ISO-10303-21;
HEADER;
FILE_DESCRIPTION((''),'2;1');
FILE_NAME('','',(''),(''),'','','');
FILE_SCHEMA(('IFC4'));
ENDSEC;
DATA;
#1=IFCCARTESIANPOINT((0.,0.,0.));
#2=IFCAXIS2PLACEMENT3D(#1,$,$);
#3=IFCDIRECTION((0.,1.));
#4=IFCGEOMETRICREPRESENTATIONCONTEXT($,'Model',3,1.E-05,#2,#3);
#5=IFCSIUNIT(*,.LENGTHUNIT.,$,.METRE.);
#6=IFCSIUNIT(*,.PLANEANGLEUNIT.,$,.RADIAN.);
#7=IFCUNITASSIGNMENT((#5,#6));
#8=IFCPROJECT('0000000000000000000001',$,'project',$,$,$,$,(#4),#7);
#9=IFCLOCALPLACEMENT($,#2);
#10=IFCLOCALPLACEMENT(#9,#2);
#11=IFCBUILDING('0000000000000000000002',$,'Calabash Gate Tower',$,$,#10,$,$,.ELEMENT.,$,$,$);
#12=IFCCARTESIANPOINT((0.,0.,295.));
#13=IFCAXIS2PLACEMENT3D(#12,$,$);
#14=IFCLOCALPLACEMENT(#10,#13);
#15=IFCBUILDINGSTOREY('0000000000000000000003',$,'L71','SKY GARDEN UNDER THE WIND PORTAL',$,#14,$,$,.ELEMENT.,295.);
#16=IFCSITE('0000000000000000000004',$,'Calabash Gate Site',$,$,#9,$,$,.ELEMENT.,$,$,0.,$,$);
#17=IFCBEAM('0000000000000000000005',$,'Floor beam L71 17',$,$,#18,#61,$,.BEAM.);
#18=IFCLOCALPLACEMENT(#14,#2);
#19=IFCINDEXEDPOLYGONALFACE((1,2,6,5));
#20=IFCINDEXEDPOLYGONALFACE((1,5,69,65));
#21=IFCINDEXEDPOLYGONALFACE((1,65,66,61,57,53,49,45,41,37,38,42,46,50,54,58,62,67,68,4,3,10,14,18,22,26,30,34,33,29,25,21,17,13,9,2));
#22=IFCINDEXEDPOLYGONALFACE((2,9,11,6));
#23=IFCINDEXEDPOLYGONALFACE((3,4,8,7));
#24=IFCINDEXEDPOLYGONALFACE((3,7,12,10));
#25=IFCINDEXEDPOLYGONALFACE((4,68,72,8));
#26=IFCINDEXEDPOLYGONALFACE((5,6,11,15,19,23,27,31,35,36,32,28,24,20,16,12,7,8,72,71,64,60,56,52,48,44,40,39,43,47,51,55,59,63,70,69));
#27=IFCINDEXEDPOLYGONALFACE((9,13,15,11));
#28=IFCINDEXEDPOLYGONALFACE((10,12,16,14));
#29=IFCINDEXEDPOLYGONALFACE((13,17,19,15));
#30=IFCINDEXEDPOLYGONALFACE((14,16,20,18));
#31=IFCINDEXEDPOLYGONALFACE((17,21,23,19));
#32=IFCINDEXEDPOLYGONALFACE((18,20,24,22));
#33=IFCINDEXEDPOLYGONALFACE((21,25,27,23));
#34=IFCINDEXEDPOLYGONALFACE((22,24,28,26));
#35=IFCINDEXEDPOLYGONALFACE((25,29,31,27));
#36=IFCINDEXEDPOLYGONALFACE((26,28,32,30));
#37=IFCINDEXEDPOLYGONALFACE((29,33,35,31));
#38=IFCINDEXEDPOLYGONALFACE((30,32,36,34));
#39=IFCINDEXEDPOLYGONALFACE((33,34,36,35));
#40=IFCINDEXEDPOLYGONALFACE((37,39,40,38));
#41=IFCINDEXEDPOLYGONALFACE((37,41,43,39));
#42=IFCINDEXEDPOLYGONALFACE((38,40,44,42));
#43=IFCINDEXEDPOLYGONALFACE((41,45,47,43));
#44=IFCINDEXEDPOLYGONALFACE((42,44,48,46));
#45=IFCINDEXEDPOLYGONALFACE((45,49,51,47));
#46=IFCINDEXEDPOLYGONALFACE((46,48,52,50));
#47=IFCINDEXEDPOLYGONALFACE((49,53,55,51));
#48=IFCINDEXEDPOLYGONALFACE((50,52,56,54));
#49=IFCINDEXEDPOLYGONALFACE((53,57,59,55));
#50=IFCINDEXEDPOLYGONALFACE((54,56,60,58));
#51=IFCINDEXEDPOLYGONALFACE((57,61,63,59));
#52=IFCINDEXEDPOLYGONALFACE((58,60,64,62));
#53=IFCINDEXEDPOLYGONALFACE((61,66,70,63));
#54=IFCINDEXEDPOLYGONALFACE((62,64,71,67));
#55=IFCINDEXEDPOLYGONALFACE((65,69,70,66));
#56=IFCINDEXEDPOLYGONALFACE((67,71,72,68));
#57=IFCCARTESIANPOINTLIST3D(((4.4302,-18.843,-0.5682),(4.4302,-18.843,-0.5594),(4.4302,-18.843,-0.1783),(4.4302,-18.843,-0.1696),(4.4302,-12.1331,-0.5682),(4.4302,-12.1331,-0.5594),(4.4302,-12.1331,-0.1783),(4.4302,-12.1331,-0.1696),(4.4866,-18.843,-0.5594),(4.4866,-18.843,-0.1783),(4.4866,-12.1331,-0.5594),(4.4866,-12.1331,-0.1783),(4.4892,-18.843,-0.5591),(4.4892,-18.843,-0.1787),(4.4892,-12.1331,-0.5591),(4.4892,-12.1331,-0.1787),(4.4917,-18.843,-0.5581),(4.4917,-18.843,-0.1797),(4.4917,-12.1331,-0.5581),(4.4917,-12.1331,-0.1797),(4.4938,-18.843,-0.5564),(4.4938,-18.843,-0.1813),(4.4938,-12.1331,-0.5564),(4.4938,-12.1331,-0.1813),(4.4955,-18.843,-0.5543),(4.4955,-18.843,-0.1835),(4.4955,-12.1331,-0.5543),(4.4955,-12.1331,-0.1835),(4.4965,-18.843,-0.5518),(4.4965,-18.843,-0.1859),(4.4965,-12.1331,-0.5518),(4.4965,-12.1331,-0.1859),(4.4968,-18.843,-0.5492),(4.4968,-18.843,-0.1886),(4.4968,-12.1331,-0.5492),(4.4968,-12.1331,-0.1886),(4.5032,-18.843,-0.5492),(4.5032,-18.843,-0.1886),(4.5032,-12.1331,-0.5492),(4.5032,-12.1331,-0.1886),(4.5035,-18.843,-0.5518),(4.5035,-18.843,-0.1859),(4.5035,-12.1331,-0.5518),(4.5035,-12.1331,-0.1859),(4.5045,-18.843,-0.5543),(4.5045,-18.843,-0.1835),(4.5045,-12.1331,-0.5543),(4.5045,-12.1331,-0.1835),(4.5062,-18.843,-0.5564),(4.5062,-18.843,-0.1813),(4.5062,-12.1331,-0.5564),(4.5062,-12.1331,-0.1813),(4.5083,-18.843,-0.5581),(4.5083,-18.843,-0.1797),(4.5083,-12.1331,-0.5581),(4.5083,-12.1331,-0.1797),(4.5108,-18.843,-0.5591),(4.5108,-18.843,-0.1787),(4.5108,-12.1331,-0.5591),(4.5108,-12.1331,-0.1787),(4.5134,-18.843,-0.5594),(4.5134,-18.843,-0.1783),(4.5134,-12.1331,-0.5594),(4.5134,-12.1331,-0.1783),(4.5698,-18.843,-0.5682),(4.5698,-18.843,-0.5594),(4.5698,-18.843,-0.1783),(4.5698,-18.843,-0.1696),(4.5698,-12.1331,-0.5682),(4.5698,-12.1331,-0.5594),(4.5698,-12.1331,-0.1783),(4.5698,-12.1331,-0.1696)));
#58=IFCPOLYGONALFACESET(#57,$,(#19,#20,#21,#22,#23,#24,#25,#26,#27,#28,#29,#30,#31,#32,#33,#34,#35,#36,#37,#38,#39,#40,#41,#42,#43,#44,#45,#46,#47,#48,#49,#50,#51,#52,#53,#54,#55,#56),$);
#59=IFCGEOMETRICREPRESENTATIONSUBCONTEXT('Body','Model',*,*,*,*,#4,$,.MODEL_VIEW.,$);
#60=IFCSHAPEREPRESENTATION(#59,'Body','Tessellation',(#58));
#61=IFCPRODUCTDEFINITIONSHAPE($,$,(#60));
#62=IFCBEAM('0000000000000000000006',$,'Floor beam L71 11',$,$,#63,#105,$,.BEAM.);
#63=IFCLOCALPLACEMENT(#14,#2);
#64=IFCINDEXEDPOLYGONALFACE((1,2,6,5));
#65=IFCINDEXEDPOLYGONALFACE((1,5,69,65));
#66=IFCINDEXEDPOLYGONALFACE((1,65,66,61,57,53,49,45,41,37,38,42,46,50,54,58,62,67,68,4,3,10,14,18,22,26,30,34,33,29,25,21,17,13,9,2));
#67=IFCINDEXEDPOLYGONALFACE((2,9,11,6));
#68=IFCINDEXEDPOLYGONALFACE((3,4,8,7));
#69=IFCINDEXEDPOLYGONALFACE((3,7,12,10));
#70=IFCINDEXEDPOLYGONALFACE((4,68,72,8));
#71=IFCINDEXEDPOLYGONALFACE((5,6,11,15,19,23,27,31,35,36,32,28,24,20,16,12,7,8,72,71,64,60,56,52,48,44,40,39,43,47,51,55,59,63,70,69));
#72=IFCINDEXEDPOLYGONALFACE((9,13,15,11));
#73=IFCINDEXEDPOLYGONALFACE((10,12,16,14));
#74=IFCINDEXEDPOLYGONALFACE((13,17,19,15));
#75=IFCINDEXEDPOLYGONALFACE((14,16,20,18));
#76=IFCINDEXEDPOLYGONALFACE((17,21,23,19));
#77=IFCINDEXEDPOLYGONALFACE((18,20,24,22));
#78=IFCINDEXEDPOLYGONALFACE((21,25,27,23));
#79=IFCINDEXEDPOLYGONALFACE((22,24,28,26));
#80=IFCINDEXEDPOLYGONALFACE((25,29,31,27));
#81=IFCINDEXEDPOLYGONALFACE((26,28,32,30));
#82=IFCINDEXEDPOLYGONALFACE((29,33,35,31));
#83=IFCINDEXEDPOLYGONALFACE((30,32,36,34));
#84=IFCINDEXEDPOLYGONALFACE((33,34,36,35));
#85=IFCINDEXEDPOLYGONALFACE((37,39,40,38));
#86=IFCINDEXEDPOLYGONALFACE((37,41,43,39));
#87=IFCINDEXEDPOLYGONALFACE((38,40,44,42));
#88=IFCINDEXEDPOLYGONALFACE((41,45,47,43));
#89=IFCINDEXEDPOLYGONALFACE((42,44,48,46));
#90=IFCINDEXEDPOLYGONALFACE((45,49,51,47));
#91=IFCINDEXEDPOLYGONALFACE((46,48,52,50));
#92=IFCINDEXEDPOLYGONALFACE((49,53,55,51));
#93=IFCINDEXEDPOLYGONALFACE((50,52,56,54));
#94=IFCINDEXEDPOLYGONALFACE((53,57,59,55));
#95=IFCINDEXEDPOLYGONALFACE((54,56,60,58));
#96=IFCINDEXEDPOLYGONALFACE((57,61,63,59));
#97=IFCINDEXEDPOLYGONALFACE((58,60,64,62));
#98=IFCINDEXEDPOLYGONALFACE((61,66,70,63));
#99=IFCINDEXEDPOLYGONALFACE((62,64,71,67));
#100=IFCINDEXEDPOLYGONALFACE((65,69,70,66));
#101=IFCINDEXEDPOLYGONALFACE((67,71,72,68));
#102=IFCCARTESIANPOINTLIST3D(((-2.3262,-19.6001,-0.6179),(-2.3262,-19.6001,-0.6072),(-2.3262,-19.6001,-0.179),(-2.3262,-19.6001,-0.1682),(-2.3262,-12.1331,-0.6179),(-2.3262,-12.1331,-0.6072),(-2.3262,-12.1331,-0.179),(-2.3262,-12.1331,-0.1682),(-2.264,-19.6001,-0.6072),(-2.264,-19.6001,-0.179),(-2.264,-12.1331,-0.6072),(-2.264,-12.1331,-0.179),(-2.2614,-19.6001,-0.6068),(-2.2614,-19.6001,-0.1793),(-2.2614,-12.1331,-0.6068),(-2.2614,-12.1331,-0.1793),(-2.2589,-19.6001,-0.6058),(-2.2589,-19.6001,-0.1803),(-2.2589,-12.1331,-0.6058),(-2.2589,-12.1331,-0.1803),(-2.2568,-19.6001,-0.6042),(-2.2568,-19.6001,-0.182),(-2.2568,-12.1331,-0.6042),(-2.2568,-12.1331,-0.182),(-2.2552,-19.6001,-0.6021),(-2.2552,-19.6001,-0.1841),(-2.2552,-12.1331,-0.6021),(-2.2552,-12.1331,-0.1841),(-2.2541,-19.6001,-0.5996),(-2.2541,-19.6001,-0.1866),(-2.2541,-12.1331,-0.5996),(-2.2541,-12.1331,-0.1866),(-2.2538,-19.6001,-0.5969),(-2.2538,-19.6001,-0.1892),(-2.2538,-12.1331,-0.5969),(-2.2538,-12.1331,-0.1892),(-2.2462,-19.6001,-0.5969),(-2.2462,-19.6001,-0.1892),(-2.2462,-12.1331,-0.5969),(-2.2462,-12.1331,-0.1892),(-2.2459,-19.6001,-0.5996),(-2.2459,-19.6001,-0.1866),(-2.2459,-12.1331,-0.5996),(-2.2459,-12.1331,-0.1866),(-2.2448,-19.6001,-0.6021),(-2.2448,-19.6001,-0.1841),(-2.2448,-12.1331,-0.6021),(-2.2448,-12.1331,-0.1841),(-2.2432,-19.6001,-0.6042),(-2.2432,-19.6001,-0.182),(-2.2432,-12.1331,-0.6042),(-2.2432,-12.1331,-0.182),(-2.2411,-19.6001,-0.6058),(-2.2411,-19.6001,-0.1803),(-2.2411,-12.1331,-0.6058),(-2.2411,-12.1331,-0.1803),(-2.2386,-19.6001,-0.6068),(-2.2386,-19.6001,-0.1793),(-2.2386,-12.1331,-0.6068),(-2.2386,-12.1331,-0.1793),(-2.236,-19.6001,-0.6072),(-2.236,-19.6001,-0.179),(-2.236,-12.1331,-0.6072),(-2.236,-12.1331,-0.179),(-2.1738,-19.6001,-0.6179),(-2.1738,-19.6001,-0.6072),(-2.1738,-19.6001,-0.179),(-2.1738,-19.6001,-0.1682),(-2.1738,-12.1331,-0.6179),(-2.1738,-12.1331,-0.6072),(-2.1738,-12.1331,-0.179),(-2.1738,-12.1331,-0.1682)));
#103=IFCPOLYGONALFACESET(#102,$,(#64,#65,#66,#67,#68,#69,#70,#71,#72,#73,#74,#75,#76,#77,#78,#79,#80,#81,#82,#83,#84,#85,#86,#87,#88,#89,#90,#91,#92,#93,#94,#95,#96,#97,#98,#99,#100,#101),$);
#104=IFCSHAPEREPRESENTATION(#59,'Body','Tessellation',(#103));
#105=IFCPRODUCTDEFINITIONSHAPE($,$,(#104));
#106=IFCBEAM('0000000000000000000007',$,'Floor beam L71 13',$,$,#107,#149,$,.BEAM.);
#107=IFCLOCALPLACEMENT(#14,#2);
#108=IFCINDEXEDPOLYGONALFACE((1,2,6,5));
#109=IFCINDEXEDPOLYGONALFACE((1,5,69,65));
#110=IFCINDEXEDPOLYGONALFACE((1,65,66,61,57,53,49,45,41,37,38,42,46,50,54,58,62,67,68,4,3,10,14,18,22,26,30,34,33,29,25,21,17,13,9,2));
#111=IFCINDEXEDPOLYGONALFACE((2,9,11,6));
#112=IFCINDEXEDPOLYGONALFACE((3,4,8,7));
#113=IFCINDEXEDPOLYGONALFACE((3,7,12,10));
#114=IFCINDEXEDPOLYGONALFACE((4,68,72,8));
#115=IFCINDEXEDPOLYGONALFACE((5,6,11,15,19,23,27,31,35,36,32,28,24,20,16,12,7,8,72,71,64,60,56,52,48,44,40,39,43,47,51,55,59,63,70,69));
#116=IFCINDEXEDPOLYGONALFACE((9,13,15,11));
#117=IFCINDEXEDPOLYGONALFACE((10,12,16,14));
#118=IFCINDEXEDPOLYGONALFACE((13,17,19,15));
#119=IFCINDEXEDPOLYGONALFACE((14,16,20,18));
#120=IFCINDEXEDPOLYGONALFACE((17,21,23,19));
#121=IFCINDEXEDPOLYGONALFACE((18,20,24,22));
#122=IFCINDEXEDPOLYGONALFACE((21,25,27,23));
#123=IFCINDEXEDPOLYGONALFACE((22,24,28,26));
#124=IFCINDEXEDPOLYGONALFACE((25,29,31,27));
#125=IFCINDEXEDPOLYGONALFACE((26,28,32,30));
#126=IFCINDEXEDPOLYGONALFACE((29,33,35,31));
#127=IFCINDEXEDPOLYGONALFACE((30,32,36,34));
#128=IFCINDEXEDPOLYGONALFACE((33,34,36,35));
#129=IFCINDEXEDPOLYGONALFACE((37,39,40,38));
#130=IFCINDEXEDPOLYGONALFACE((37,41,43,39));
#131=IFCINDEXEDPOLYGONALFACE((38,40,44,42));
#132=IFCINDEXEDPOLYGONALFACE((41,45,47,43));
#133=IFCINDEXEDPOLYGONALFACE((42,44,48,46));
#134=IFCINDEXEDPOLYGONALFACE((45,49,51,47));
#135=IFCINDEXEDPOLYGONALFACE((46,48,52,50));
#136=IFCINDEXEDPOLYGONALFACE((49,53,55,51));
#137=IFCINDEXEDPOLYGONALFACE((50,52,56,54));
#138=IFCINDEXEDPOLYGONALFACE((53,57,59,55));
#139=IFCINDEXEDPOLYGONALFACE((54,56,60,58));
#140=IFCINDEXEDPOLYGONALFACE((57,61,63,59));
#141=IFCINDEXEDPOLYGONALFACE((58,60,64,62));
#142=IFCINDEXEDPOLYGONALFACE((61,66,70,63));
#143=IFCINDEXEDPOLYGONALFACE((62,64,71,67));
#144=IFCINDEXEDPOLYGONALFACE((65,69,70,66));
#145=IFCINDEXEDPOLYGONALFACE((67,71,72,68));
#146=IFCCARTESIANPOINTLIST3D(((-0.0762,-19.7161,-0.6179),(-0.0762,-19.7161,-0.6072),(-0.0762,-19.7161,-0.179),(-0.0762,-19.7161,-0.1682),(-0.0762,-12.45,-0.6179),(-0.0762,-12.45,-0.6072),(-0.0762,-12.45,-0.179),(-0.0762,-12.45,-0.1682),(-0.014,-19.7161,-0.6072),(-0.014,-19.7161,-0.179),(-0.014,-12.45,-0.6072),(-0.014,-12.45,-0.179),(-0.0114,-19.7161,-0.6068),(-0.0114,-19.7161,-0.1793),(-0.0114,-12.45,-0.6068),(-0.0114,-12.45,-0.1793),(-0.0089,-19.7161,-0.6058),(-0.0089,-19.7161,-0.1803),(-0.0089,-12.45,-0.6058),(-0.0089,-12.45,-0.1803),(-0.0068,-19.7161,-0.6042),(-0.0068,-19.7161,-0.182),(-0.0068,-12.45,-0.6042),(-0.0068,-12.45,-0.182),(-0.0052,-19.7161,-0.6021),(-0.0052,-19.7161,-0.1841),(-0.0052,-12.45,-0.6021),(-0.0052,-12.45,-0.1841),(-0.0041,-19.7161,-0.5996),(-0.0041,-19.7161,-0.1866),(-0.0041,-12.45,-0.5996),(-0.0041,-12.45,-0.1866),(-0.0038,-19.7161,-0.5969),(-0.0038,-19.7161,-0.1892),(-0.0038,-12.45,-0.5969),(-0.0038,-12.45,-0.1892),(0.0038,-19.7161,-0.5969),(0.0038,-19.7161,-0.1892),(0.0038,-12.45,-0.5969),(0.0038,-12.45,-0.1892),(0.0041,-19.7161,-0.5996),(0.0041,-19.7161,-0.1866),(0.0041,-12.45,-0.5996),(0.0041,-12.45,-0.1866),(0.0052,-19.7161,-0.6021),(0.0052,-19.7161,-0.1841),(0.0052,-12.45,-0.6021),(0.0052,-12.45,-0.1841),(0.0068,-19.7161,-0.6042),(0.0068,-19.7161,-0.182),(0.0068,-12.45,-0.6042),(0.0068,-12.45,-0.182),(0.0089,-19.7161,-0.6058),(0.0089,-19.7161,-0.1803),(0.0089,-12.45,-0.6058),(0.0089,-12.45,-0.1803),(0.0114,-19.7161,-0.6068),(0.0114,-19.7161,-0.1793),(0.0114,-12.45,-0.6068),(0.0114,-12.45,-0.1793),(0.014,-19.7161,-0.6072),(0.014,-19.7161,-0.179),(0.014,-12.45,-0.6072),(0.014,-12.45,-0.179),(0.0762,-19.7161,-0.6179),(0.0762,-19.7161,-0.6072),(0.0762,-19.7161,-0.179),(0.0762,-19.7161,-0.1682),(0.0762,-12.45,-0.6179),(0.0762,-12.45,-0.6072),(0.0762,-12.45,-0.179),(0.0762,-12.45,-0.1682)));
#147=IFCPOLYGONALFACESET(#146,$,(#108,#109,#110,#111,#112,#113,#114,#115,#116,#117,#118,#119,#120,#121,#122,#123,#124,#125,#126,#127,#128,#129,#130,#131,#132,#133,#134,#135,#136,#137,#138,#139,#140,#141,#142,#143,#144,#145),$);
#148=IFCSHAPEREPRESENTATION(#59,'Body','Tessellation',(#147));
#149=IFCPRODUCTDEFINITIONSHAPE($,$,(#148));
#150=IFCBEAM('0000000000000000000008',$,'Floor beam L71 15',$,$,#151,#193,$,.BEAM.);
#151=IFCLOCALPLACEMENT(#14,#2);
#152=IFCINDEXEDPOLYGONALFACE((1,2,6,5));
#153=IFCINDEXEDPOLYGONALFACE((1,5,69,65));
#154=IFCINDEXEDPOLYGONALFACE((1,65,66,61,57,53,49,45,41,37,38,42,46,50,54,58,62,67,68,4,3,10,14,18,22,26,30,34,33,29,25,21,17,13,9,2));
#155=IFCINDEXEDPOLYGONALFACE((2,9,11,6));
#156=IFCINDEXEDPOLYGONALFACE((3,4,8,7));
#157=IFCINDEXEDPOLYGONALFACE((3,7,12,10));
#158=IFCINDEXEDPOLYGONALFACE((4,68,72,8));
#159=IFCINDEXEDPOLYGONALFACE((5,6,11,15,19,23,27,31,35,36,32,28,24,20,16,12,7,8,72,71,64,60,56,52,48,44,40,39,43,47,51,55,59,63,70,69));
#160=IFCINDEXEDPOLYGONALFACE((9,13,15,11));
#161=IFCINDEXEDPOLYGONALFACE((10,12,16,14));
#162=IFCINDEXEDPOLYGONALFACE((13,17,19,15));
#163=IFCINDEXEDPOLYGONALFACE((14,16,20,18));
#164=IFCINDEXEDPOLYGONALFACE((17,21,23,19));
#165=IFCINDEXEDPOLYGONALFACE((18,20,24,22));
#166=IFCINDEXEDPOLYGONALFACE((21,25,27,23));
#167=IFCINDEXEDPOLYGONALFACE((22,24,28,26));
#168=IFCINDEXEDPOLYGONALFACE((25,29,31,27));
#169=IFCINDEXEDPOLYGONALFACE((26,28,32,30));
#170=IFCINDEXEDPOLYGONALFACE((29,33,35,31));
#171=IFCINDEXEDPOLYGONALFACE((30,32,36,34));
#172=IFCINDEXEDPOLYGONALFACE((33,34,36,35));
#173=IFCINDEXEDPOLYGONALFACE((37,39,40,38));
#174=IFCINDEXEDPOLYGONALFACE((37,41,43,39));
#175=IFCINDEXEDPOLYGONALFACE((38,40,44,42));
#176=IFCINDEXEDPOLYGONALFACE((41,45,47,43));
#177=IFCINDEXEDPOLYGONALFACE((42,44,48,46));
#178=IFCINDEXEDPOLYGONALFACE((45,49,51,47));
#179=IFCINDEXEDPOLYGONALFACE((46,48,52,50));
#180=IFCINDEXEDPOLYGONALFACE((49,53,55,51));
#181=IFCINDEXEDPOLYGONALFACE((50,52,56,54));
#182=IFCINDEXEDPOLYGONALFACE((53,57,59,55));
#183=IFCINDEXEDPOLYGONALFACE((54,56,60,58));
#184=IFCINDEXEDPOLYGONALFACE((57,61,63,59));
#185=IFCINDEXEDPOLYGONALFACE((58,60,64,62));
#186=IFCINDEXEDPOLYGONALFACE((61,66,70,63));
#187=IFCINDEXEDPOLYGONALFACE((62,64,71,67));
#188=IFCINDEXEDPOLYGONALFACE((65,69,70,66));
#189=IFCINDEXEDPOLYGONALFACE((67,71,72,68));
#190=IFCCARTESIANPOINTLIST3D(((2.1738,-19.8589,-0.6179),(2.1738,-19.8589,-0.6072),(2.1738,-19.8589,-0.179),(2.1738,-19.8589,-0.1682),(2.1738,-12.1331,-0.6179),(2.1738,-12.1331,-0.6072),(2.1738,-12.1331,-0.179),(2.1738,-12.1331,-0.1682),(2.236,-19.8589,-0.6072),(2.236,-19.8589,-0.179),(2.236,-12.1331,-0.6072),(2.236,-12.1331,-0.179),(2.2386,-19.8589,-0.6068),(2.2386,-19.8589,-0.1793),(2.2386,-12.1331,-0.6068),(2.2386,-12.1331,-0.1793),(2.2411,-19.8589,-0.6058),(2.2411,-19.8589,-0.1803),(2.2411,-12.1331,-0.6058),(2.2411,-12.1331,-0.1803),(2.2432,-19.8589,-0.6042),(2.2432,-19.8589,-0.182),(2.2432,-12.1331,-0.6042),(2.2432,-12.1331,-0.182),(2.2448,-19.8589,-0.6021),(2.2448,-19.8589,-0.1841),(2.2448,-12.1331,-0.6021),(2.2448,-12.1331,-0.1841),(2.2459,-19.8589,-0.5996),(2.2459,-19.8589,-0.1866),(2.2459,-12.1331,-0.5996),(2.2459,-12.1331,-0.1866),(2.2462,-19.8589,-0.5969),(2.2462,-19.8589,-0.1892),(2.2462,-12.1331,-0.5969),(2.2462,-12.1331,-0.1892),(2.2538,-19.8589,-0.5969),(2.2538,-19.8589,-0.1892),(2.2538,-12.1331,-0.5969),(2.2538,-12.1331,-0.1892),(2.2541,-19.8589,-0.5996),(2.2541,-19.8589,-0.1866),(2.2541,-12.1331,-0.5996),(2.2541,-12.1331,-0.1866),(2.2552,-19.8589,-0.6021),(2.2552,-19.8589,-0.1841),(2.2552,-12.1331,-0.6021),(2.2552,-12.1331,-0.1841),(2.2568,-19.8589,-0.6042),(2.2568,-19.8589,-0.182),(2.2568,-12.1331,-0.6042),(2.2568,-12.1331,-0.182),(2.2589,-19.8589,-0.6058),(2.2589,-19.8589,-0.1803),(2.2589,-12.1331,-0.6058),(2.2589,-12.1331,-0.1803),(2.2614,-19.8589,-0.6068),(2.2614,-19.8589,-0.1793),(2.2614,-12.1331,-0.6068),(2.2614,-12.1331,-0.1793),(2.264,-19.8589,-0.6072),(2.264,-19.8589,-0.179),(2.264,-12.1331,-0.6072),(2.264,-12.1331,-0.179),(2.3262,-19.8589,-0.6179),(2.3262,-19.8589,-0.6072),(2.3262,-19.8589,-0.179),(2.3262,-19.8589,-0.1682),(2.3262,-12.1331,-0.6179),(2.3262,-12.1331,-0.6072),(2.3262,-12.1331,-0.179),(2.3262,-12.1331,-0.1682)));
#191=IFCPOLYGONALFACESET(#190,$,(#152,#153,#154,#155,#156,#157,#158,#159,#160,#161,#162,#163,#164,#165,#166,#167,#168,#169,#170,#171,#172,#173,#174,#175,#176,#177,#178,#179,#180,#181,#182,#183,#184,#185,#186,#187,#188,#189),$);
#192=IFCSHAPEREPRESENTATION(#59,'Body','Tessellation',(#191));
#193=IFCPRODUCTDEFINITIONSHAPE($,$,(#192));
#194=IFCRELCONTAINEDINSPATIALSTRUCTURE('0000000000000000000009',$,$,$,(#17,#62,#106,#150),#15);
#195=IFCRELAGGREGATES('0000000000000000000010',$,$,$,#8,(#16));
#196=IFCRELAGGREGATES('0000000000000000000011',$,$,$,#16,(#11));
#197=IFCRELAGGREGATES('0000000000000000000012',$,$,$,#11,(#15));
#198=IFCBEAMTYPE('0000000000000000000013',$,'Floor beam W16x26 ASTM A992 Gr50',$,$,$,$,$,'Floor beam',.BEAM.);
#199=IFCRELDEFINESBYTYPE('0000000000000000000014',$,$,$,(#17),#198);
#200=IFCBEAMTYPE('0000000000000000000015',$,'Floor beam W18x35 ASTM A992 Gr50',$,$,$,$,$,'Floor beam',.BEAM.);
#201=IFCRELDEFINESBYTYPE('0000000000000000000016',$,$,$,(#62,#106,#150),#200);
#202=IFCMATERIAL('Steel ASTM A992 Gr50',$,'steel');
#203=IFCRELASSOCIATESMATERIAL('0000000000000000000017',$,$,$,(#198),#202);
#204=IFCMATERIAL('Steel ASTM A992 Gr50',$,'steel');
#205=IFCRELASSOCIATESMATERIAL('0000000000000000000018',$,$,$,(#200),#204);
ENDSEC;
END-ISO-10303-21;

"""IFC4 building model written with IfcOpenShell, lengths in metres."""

from ifc_helpers import new_model, si_unit, direction, frame, origin, origin_2d, place, context, subcontext, project, spatial, i_section, extrude, material, material_profile, profile_set, type_object, element, save


model = new_model("IFC4")

# Units and contexts
model_context = context("Model", 3, precision=1e-05, world=origin(), true_north=direction((0.0, 1.0)))
body_context = subcontext(model_context, "Body", "Model", "MODEL_VIEW")
ifc_project = project(units=[si_unit("LENGTHUNIT", "METRE"), si_unit("PLANEANGLEUNIT", "RADIAN")], contexts=[model_context])

# Site, building, storey
site_placement = place(None, origin())
site = spatial("IfcSite", under=ifc_project, at=site_placement, Name="Calabash Gate Site", CompositionType="ELEMENT", RefElevation=0.0)
building_placement = place(site_placement, origin())
building = spatial("IfcBuilding", under=site, at=building_placement, Name="Calabash Gate Tower", CompositionType="ELEMENT")
storey_placement = place(building_placement, frame((0.0, 0.0, 295.0)))
storey = spatial("IfcBuildingStorey", under=building, at=storey_placement, Name="L71", Description="SKY GARDEN UNDER THE WIND PORTAL", CompositionType="ELEMENT", Elevation=295.0)

# Beams
ifc_material_1 = material(Name="Steel ASTM A992 Gr50", Category="steel")
ifc_material_profile_1 = material_profile(ifc_material_1, i_section(OverallWidth=0.1396, OverallDepth=0.3987, WebThickness=0.0063, FlangeThickness=0.0088, FilletRadius=0.0103, at=origin_2d()))
ifc_profile_set_1 = profile_set([ifc_material_profile_1], Name="Steel ASTM A992 Gr50")
beam_type_1 = type_object("IfcBeamType", Name="Floor beam W16x26 ASTM A992 Gr50", ElementType="Floor beam", PredefinedType="BEAM", material=ifc_profile_set_1)
beam_1_placement = place(storey_placement, frame((4.5, -18.843, -0.3689), z_axis=(0.0, 1.0, 0.0), x_axis=(-1.0, 0.0, 0.0)))
element("IfcBeam", 1, at=beam_1_placement, inside=storey, type_object=beam_type_1, Name="Floor beam L71 17", PredefinedType="BEAM", context=body_context, shape_type="SweptSolid", body=[
    extrude(i_section(OverallWidth=0.1396, OverallDepth=0.3987, WebThickness=0.0063, FlangeThickness=0.0088, FilletRadius=0.0103, at=origin_2d()), origin(), (0.0, 0.0, 1.0), 6.71),
])
ifc_material_2 = material(Name="Steel ASTM A992 Gr50", Category="steel")
ifc_material_profile_2 = material_profile(ifc_material_2, i_section(OverallWidth=0.1523, OverallDepth=0.4497, WebThickness=0.0076, FlangeThickness=0.0107, FilletRadius=0.0103, at=origin_2d()))
ifc_profile_set_2 = profile_set([ifc_material_profile_2], Name="Steel ASTM A992 Gr50")
beam_type_2 = type_object("IfcBeamType", Name="Floor beam W18x35 ASTM A992 Gr50", ElementType="Floor beam", PredefinedType="BEAM", material=ifc_profile_set_2)
beam_2_placement = place(storey_placement, frame((-2.25, -19.6001, -0.3931), z_axis=(0.0, 1.0, 0.0), x_axis=(-1.0, 0.0, 0.0)))
element("IfcBeam", 2, at=beam_2_placement, inside=storey, type_object=beam_type_2, Name="Floor beam L71 11", PredefinedType="BEAM", context=body_context, shape_type="SweptSolid", body=[
    extrude(i_section(OverallWidth=0.1523, OverallDepth=0.4497, WebThickness=0.0076, FlangeThickness=0.0107, FilletRadius=0.0103, at=origin_2d()), origin(), (0.0, 0.0, 1.0), 7.467),
])
beam_3_placement = place(storey_placement, frame((0.0, -19.7161, -0.3931), z_axis=(0.0, 1.0, 0.0), x_axis=(-1.0, 0.0, 0.0)))
element("IfcBeam", 3, at=beam_3_placement, inside=storey, type_object=beam_type_2, Name="Floor beam L71 13", PredefinedType="BEAM", context=body_context, shape_type="SweptSolid", body=[
    extrude(i_section(OverallWidth=0.1523, OverallDepth=0.4497, WebThickness=0.0076, FlangeThickness=0.0107, FilletRadius=0.0103, at=origin_2d()), origin(), (0.0, 0.0, 1.0), 7.2661),
])
beam_4_placement = place(storey_placement, frame((2.25, -19.8589, -0.3931), z_axis=(0.0, 1.0, 0.0), x_axis=(-1.0, 0.0, 0.0)))
element("IfcBeam", 4, at=beam_4_placement, inside=storey, type_object=beam_type_2, Name="Floor beam L71 15", PredefinedType="BEAM", context=body_context, shape_type="SweptSolid", body=[
    extrude(i_section(OverallWidth=0.1523, OverallDepth=0.4497, WebThickness=0.0076, FlangeThickness=0.0107, FilletRadius=0.0103, at=origin_2d()), origin(), (0.0, 0.0, 1.0), 7.7258),
])

save(model, "model.ifc")
